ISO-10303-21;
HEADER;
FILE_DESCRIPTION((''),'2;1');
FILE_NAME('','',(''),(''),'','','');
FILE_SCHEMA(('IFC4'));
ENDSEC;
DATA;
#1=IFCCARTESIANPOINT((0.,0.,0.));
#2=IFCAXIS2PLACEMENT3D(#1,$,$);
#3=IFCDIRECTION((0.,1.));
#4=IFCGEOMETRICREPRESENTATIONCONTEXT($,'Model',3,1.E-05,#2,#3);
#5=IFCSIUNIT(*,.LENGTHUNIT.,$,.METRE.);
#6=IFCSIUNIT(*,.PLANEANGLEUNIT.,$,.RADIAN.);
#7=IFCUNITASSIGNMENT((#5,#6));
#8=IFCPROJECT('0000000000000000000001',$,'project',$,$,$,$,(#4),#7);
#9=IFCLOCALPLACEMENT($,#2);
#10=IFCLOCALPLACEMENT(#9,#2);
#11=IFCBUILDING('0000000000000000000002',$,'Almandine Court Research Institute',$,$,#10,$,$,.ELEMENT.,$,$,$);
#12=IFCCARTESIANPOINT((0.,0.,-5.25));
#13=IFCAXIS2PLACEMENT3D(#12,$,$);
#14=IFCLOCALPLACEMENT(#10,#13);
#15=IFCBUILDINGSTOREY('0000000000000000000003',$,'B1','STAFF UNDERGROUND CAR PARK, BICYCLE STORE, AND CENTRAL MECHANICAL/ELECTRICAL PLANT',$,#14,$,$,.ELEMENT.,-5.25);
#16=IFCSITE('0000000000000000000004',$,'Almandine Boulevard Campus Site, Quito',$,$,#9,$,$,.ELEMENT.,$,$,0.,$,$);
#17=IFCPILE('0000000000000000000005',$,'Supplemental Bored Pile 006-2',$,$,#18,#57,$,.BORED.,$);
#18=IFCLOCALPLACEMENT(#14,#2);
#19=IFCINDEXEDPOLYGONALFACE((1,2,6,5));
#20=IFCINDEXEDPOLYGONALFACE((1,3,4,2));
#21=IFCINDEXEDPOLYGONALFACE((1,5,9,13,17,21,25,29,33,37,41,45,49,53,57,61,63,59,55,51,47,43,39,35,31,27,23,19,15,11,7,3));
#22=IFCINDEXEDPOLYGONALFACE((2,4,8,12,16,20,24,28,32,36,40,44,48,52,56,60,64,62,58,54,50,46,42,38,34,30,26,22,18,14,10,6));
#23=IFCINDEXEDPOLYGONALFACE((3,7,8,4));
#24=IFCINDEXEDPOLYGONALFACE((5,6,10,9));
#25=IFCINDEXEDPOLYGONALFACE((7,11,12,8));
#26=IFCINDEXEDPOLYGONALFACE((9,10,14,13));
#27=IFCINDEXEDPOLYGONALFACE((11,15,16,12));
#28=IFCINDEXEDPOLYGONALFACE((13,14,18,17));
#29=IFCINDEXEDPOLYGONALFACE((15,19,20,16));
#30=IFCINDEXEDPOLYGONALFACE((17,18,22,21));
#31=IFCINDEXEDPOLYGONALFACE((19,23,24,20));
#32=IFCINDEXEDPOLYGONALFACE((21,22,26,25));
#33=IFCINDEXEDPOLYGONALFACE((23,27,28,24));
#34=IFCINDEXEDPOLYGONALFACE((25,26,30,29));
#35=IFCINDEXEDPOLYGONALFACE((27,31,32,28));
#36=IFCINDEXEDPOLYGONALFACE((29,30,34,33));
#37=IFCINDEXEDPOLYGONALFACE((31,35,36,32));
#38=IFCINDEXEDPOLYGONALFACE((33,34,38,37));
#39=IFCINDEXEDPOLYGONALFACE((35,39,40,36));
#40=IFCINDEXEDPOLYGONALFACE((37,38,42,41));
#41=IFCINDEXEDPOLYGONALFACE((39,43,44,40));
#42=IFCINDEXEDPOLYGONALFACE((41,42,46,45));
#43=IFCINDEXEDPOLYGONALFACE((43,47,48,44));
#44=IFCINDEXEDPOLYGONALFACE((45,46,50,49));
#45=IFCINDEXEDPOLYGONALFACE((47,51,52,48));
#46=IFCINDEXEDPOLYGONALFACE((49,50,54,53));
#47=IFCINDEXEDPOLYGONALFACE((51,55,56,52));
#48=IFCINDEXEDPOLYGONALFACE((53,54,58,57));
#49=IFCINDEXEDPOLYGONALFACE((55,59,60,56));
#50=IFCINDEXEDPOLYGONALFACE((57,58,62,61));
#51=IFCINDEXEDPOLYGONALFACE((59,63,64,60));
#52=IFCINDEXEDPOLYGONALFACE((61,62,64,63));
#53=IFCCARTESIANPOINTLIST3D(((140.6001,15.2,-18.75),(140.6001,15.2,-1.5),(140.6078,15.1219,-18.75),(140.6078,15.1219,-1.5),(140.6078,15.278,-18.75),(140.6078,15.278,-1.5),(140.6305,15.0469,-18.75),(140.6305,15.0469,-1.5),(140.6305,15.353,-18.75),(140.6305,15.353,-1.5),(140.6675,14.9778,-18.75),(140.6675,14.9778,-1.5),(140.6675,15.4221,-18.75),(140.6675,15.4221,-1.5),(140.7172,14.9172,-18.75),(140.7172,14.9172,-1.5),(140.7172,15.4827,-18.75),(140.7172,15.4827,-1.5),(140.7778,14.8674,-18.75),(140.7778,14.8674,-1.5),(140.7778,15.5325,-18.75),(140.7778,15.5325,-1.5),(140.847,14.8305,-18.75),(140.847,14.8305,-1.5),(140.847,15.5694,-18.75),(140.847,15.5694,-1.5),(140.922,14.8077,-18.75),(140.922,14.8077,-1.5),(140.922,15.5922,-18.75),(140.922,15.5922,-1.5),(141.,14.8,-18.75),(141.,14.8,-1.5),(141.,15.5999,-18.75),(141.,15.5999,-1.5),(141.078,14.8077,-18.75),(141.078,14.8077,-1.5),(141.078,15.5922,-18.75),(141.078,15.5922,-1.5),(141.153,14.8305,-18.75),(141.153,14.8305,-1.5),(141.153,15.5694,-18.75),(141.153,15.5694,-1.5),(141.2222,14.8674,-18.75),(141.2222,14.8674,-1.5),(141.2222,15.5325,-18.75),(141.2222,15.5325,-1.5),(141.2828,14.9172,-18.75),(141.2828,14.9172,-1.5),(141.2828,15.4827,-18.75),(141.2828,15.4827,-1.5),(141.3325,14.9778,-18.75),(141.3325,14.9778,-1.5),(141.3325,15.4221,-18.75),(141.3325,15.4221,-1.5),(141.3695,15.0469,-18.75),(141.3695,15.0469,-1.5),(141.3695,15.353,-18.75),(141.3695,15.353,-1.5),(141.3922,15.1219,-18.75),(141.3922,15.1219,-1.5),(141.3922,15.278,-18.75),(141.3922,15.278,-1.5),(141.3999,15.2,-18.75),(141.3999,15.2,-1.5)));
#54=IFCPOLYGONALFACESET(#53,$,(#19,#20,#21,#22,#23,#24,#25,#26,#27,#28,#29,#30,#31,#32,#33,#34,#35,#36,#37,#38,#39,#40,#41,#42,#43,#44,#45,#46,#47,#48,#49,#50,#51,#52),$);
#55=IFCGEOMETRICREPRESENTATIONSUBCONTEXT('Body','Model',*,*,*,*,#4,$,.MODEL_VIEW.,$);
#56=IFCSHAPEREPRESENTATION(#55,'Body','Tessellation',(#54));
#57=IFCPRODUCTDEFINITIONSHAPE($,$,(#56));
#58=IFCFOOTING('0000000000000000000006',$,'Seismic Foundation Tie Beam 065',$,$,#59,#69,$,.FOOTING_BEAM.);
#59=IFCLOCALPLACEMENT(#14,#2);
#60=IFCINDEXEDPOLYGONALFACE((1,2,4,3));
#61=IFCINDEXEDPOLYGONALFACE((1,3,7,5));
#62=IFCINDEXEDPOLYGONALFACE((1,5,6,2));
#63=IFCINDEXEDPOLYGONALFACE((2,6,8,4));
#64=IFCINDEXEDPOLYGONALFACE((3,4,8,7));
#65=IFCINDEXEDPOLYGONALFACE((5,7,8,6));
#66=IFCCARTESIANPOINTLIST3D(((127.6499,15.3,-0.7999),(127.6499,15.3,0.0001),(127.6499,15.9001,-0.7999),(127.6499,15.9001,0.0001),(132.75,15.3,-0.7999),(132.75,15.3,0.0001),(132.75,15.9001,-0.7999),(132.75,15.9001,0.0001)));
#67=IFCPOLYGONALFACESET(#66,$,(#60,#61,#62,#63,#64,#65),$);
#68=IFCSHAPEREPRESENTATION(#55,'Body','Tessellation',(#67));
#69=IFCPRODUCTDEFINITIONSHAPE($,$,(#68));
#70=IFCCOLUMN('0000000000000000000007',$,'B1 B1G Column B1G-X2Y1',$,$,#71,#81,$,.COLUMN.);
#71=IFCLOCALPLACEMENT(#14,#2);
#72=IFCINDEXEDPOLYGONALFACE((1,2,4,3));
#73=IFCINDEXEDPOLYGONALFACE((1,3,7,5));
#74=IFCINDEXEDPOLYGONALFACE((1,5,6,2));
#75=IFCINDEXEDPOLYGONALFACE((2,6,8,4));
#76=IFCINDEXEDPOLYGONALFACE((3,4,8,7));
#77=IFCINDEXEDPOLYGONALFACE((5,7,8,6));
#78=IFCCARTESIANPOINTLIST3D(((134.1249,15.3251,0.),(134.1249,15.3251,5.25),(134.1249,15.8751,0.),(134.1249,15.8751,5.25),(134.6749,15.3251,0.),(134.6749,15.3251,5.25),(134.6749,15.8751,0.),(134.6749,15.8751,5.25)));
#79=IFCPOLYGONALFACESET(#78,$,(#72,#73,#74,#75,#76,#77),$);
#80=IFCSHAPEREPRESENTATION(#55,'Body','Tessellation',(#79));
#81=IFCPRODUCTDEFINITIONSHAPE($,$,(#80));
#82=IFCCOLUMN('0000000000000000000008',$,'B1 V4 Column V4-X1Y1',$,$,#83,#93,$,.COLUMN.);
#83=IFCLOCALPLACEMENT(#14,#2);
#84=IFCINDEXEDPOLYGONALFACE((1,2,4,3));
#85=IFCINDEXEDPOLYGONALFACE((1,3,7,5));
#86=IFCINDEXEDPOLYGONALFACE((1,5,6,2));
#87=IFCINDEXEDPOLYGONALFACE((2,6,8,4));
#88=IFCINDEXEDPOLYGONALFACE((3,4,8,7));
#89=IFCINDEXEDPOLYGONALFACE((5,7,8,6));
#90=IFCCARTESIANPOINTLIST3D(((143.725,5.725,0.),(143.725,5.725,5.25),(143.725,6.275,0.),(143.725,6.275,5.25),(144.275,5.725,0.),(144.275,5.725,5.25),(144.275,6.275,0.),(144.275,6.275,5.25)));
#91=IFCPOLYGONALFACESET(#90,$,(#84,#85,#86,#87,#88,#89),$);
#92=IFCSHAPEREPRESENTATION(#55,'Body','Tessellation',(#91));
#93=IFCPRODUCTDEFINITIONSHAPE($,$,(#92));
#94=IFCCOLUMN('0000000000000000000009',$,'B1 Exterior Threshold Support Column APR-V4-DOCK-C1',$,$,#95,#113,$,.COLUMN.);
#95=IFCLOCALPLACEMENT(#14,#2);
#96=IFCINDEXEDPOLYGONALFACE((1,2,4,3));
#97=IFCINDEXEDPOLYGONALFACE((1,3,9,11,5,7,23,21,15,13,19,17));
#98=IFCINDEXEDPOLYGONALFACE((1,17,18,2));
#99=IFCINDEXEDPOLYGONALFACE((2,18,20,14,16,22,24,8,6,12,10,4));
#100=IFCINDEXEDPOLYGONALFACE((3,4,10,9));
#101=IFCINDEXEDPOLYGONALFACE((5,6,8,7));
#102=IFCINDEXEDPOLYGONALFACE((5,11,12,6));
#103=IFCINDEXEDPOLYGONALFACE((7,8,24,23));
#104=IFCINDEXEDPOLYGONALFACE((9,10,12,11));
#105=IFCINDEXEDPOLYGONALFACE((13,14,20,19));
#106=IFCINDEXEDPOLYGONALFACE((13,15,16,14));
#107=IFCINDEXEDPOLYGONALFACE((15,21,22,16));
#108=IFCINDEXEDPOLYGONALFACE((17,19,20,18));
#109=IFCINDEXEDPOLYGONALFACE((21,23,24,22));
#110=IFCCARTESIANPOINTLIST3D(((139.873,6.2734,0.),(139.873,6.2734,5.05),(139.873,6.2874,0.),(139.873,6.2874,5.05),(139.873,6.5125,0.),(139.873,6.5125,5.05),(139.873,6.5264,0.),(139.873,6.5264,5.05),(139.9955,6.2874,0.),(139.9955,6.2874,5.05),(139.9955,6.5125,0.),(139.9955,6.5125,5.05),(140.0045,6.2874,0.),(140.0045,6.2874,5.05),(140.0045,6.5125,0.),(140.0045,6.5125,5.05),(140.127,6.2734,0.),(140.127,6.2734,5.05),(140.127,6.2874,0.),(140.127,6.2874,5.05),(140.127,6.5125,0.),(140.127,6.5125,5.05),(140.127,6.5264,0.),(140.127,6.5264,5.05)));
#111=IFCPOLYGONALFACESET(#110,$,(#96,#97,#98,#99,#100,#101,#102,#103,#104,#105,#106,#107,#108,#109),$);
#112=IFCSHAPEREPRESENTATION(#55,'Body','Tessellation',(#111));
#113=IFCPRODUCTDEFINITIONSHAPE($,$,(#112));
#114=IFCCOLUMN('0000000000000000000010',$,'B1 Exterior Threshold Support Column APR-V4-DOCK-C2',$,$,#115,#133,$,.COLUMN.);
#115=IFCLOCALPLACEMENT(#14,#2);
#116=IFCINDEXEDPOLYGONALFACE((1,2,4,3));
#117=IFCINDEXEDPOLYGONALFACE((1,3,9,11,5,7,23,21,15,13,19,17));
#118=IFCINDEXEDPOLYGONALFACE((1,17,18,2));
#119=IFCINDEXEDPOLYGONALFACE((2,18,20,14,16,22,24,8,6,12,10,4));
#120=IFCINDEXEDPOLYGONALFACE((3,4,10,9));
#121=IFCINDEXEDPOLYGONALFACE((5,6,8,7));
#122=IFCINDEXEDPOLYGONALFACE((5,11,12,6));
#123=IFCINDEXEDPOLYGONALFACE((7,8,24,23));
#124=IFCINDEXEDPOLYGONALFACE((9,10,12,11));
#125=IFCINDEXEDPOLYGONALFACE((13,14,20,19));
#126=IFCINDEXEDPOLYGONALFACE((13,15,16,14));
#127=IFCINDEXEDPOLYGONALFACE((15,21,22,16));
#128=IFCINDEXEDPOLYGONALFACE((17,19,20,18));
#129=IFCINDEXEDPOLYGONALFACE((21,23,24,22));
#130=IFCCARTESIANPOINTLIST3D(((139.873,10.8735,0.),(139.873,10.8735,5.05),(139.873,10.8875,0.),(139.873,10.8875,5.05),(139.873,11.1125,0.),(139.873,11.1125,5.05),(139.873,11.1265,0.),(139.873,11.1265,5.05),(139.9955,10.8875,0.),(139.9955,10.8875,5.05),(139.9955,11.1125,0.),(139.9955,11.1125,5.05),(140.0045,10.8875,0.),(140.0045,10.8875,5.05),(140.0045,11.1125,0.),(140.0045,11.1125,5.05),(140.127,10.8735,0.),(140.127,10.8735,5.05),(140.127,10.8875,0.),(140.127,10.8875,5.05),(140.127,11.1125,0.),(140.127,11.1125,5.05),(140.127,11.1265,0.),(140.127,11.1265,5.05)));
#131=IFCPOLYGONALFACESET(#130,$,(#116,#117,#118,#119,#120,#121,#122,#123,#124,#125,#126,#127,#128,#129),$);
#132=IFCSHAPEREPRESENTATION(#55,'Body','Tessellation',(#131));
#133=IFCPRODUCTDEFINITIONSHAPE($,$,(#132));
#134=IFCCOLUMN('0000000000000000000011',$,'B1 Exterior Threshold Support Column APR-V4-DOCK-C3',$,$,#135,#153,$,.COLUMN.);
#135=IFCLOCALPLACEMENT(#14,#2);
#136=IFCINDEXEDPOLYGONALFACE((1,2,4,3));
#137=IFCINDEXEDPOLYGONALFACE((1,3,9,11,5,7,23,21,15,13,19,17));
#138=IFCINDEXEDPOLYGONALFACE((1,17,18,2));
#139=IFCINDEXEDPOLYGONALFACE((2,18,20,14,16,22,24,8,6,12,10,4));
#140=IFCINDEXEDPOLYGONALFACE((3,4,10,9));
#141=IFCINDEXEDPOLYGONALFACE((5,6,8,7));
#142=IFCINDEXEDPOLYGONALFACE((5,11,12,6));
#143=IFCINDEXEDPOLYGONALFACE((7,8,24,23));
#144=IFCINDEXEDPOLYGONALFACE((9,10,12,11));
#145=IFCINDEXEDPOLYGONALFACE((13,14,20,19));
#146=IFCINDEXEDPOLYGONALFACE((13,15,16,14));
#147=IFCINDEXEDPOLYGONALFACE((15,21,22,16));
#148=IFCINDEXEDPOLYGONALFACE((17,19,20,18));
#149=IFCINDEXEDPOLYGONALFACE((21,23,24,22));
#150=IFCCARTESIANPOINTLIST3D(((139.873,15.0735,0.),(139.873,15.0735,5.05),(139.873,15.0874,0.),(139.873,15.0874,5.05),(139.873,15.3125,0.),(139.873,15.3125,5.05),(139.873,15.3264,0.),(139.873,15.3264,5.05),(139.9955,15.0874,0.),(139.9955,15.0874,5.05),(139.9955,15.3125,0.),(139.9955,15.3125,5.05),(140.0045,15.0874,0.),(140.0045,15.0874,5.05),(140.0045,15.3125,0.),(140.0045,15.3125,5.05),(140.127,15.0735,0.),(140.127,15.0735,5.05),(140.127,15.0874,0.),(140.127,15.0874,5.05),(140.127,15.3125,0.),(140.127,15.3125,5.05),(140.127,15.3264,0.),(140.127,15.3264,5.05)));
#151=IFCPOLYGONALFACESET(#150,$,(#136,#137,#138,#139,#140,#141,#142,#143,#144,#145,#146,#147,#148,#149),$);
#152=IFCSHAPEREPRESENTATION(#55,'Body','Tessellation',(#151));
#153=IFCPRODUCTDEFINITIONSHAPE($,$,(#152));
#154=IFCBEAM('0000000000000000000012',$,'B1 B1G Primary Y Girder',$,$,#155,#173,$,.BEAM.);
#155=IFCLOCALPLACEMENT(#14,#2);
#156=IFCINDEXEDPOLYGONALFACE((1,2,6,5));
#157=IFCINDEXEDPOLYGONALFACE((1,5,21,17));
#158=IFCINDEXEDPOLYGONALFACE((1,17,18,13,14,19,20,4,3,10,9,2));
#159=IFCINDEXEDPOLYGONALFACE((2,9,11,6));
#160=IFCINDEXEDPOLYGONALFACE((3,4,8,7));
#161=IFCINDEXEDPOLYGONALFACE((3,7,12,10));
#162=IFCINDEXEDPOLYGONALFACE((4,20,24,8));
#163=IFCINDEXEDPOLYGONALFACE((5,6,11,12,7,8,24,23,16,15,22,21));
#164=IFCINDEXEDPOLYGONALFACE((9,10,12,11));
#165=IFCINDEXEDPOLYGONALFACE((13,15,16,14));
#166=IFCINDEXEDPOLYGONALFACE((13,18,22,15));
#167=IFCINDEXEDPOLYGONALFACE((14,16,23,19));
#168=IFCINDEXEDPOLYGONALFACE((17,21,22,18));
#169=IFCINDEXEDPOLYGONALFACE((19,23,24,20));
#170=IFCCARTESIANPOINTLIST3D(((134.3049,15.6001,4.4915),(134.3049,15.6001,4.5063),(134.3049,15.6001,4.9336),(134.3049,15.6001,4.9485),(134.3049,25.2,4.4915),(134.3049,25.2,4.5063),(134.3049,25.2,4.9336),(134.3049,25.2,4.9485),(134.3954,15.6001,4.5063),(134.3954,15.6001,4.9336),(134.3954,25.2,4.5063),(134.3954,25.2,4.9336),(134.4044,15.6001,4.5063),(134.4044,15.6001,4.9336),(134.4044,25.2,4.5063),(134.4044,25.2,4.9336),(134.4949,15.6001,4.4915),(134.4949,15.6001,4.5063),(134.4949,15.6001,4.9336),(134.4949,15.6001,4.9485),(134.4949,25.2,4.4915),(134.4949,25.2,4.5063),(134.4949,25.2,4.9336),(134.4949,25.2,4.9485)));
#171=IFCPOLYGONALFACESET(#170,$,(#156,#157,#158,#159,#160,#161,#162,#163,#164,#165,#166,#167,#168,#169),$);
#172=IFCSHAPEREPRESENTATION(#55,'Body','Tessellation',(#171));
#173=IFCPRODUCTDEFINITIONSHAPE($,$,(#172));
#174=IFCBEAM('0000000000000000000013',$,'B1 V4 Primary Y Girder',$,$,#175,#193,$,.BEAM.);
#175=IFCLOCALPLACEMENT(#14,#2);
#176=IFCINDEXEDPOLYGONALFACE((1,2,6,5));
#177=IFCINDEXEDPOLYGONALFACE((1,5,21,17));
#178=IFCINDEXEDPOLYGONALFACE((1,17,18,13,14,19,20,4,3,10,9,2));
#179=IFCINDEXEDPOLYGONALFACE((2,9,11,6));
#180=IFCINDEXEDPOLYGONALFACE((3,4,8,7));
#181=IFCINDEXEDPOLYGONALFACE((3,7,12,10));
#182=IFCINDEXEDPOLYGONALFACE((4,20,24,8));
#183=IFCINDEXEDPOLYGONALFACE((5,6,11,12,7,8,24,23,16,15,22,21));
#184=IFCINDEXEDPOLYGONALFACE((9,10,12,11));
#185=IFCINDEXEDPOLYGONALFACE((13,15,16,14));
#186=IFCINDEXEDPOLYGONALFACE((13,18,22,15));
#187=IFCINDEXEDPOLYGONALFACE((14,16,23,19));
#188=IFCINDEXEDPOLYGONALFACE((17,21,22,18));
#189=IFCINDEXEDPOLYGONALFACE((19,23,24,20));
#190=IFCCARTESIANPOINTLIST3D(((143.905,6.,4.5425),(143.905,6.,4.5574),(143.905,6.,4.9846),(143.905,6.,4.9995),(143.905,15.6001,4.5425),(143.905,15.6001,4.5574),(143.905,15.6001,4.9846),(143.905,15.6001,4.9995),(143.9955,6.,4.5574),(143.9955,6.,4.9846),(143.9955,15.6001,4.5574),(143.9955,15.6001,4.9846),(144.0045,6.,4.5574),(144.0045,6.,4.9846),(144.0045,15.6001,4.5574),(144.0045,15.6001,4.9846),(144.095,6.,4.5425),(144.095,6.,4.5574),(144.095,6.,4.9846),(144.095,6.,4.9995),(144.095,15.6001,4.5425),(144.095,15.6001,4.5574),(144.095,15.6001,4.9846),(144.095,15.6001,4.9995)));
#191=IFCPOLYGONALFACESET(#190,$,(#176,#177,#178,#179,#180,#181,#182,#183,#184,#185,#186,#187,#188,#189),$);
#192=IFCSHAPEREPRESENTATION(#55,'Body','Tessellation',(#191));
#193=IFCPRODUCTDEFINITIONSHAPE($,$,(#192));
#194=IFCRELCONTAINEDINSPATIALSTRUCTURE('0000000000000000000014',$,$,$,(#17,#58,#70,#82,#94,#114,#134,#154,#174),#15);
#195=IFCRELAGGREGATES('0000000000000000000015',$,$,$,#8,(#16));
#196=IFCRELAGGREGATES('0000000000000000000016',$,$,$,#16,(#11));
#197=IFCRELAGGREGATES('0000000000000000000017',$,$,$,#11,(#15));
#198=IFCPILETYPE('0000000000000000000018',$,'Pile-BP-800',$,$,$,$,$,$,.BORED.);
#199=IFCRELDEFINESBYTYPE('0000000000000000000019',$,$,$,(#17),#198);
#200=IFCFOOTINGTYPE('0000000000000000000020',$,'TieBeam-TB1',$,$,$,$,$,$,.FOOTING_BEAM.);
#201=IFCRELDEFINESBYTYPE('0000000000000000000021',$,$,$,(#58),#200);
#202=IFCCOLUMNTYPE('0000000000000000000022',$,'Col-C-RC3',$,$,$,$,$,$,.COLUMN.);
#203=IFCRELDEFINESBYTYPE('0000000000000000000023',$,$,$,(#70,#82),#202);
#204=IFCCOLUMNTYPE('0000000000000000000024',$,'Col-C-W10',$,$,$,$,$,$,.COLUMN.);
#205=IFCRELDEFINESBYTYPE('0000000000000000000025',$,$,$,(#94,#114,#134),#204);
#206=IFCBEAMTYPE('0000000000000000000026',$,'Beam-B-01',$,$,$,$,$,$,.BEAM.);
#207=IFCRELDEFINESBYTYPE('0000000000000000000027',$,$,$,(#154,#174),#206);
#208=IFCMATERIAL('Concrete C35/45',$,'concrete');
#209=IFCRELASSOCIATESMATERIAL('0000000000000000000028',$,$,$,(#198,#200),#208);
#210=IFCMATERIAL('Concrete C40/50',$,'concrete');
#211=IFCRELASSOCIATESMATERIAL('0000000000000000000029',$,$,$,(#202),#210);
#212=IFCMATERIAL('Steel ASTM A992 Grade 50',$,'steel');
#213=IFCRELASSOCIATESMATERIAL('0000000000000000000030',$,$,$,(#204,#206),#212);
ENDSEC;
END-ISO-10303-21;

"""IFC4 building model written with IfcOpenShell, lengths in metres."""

from ifc_helpers import new_model, si_unit, direction, frame, origin, origin_2d, place, context, subcontext, project, spatial, rectangle, circle, i_section, extrude, material, material_profile, profile_set, type_object, element, save


model = new_model("IFC4")

# Units and contexts
model_context = context("Model", 3, precision=1e-05, world=origin(), true_north=direction((0.0, 1.0)))
body_context = subcontext(model_context, "Body", "Model", "MODEL_VIEW")
ifc_project = project(units=[si_unit("LENGTHUNIT", "METRE"), si_unit("PLANEANGLEUNIT", "RADIAN")], contexts=[model_context])

# Site, building, storey
site_placement = place(None, origin())
site = spatial("IfcSite", under=ifc_project, at=site_placement, Name="Almandine Boulevard Campus Site, Quito", CompositionType="ELEMENT", RefElevation=0.0)
building_placement = place(site_placement, origin())
building = spatial("IfcBuilding", under=site, at=building_placement, Name="Almandine Court Research Institute", CompositionType="ELEMENT")
storey_placement = place(building_placement, frame((0.0, 0.0, -5.25)))
storey = spatial("IfcBuildingStorey", under=building, at=storey_placement, Name="B1", Description="STAFF UNDERGROUND CAR PARK, BICYCLE STORE, AND CENTRAL MECHANICAL/ELECTRICAL PLANT", CompositionType="ELEMENT", Elevation=-5.25)

# Shared definitions
ifc_material_1 = material(Name="Concrete C35/45", Category="concrete")

# Pile
ifc_material_profile_1 = material_profile(ifc_material_1, circle(Radius=0.3999, at=origin_2d()), Name="BORED PILE D800")
ifc_profile_set_1 = profile_set([ifc_material_profile_1], Name="Concrete C35/45")
pile_type = type_object("IfcPileType", Name="Pile-BP-800", PredefinedType="BORED", material=ifc_profile_set_1)
for number, where, z_axis, x_axis, name in (
    (1, (141.0, 15.2, -1.5), (0.0, 0.0, -1.0), (1.0, 0.0, 0.0), "Supplemental Bored Pile 006-2"),
):
    element("IfcPile", number, at=place(storey_placement, frame(where, z_axis=z_axis, x_axis=x_axis)), inside=storey, type_object=pile_type, Name=name, PredefinedType="BORED", context=body_context, shape_type="SweptSolid", body=[
        extrude(circle(Radius=0.3999, at=origin_2d()), origin(), (0.0, 0.0, 1.0), 17.25),
    ])

# Footing
ifc_material_profile_2 = material_profile(ifc_material_1, rectangle(XDim=0.6001, YDim=0.8, at=origin_2d()), Name="RC TIE 600x800")
ifc_profile_set_2 = profile_set([ifc_material_profile_2], Name="Concrete C35/45")
footing_type_1 = type_object("IfcFootingType", Name="TieBeam-TB1", PredefinedType="FOOTING_BEAM", material=ifc_profile_set_2)
footing_1_placement = place(storey_placement, frame((127.6499, 15.6001, -0.3999), z_axis=(1.0, 0.0, 0.0), x_axis=(0.0, 1.0, 0.0)))
element("IfcFooting", 2, at=footing_1_placement, inside=storey, type_object=footing_type_1, Name="Seismic Foundation Tie Beam 065", PredefinedType="FOOTING_BEAM", context=body_context, shape_type="SweptSolid", body=[
    extrude(rectangle(XDim=0.6001, YDim=0.8, at=origin_2d()), origin(), (0.0, 0.0, 1.0), 5.1001),
])

# Columns
ifc_material_2 = material(Name="Concrete C40/50", Category="concrete")
ifc_material_profile_3 = material_profile(ifc_material_2, rectangle(XDim=0.55, YDim=0.55, at=origin_2d()), Name="RC 550x550")
ifc_profile_set_3 = profile_set([ifc_material_profile_3], Name="Concrete C40/50")
column_type_1 = type_object("IfcColumnType", Name="Col-C-RC3", PredefinedType="COLUMN", material=ifc_profile_set_3)
for number, where, z_axis, x_axis, name in (
    (3, (134.3999, 15.6001, 0.0), (0.0, 0.0, 1.0), (1.0, 0.0, 0.0), "B1 B1G Column B1G-X2Y1"),
    (4, (144.0, 6.0, 0.0), (0.0, 0.0, 1.0), (1.0, 0.0, 0.0), "B1 V4 Column V4-X1Y1"),
):
    element("IfcColumn", number, at=place(storey_placement, frame(where, z_axis=z_axis, x_axis=x_axis)), inside=storey, type_object=column_type_1, Name=name, PredefinedType="COLUMN", context=body_context, shape_type="SweptSolid", body=[
        extrude(rectangle(XDim=0.55, YDim=0.55, at=origin_2d()), origin(), (0.0, 0.0, 1.0), 5.25),
    ])
ifc_material_3 = material(Name="Steel ASTM A992 Grade 50", Category="steel")
ifc_material_profile_4 = material_profile(ifc_material_3, i_section(OverallWidth=0.2539, OverallDepth=0.2529, WebThickness=0.009, FlangeThickness=0.0139, at=origin_2d()), Name="W250x73")
ifc_profile_set_4 = profile_set([ifc_material_profile_4], Name="Steel ASTM A992 Grade 50")
column_type_2 = type_object("IfcColumnType", Name="Col-C-W10", PredefinedType="COLUMN", material=ifc_profile_set_4)
for number, where, z_axis, x_axis, name in (
    (5, (140.0, 6.3999, 0.0), (0.0, 0.0, 1.0), (1.0, 0.0, 0.0), "B1 Exterior Threshold Support Column APR-V4-DOCK-C1"),
    (6, (140.0, 11.0, 0.0), (0.0, 0.0, 1.0), (1.0, 0.0, 0.0), "B1 Exterior Threshold Support Column APR-V4-DOCK-C2"),
    (7, (140.0, 15.2, 0.0), (0.0, 0.0, 1.0), (1.0, 0.0, 0.0), "B1 Exterior Threshold Support Column APR-V4-DOCK-C3"),
):
    element("IfcColumn", number, at=place(storey_placement, frame(where, z_axis=z_axis, x_axis=x_axis)), inside=storey, type_object=column_type_2, Name=name, PredefinedType="COLUMN", context=body_context, shape_type="SweptSolid", body=[
        extrude(i_section(OverallWidth=0.2539, OverallDepth=0.2529, WebThickness=0.009, FlangeThickness=0.0139, at=origin_2d()), origin(), (0.0, 0.0, 1.0), 5.05),
    ])

# Beams
ifc_material_profile_5 = material_profile(ifc_material_3, i_section(OverallWidth=0.1899, OverallDepth=0.457, WebThickness=0.009, FlangeThickness=0.0149, at=origin_2d()), Name="W460x74")
ifc_profile_set_5 = profile_set([ifc_material_profile_5], Name="Steel ASTM A992 Grade 50")
beam_type_1 = type_object("IfcBeamType", Name="Beam-B-01", PredefinedType="BEAM", material=ifc_profile_set_5)
beam_1_placement = place(storey_placement, frame((134.3999, 15.6001, 4.72), z_axis=(0.0, 1.0, 0.0), x_axis=(-1.0, 0.0, 0.0)))
element("IfcBeam", 8, at=beam_1_placement, inside=storey, type_object=beam_type_1, Name="B1 B1G Primary Y Girder", PredefinedType="BEAM", context=body_context, shape_type="SweptSolid", body=[
    extrude(i_section(OverallWidth=0.1899, OverallDepth=0.457, WebThickness=0.009, FlangeThickness=0.0149, at=origin_2d()), origin(), (0.0, 0.0, 1.0), 9.5999),
])
beam_2_placement = place(storey_placement, frame((144.0, 6.0, 4.771), z_axis=(0.0, 1.0, 0.0), x_axis=(-1.0, 0.0, 0.0)))
element("IfcBeam", 9, at=beam_2_placement, inside=storey, type_object=beam_type_1, Name="B1 V4 Primary Y Girder", PredefinedType="BEAM", context=body_context, shape_type="SweptSolid", body=[
    extrude(i_section(OverallWidth=0.1899, OverallDepth=0.457, WebThickness=0.009, FlangeThickness=0.0149, at=origin_2d()), origin(), (0.0, 0.0, 1.0), 9.6001),
])

save(model, "model.ifc")
